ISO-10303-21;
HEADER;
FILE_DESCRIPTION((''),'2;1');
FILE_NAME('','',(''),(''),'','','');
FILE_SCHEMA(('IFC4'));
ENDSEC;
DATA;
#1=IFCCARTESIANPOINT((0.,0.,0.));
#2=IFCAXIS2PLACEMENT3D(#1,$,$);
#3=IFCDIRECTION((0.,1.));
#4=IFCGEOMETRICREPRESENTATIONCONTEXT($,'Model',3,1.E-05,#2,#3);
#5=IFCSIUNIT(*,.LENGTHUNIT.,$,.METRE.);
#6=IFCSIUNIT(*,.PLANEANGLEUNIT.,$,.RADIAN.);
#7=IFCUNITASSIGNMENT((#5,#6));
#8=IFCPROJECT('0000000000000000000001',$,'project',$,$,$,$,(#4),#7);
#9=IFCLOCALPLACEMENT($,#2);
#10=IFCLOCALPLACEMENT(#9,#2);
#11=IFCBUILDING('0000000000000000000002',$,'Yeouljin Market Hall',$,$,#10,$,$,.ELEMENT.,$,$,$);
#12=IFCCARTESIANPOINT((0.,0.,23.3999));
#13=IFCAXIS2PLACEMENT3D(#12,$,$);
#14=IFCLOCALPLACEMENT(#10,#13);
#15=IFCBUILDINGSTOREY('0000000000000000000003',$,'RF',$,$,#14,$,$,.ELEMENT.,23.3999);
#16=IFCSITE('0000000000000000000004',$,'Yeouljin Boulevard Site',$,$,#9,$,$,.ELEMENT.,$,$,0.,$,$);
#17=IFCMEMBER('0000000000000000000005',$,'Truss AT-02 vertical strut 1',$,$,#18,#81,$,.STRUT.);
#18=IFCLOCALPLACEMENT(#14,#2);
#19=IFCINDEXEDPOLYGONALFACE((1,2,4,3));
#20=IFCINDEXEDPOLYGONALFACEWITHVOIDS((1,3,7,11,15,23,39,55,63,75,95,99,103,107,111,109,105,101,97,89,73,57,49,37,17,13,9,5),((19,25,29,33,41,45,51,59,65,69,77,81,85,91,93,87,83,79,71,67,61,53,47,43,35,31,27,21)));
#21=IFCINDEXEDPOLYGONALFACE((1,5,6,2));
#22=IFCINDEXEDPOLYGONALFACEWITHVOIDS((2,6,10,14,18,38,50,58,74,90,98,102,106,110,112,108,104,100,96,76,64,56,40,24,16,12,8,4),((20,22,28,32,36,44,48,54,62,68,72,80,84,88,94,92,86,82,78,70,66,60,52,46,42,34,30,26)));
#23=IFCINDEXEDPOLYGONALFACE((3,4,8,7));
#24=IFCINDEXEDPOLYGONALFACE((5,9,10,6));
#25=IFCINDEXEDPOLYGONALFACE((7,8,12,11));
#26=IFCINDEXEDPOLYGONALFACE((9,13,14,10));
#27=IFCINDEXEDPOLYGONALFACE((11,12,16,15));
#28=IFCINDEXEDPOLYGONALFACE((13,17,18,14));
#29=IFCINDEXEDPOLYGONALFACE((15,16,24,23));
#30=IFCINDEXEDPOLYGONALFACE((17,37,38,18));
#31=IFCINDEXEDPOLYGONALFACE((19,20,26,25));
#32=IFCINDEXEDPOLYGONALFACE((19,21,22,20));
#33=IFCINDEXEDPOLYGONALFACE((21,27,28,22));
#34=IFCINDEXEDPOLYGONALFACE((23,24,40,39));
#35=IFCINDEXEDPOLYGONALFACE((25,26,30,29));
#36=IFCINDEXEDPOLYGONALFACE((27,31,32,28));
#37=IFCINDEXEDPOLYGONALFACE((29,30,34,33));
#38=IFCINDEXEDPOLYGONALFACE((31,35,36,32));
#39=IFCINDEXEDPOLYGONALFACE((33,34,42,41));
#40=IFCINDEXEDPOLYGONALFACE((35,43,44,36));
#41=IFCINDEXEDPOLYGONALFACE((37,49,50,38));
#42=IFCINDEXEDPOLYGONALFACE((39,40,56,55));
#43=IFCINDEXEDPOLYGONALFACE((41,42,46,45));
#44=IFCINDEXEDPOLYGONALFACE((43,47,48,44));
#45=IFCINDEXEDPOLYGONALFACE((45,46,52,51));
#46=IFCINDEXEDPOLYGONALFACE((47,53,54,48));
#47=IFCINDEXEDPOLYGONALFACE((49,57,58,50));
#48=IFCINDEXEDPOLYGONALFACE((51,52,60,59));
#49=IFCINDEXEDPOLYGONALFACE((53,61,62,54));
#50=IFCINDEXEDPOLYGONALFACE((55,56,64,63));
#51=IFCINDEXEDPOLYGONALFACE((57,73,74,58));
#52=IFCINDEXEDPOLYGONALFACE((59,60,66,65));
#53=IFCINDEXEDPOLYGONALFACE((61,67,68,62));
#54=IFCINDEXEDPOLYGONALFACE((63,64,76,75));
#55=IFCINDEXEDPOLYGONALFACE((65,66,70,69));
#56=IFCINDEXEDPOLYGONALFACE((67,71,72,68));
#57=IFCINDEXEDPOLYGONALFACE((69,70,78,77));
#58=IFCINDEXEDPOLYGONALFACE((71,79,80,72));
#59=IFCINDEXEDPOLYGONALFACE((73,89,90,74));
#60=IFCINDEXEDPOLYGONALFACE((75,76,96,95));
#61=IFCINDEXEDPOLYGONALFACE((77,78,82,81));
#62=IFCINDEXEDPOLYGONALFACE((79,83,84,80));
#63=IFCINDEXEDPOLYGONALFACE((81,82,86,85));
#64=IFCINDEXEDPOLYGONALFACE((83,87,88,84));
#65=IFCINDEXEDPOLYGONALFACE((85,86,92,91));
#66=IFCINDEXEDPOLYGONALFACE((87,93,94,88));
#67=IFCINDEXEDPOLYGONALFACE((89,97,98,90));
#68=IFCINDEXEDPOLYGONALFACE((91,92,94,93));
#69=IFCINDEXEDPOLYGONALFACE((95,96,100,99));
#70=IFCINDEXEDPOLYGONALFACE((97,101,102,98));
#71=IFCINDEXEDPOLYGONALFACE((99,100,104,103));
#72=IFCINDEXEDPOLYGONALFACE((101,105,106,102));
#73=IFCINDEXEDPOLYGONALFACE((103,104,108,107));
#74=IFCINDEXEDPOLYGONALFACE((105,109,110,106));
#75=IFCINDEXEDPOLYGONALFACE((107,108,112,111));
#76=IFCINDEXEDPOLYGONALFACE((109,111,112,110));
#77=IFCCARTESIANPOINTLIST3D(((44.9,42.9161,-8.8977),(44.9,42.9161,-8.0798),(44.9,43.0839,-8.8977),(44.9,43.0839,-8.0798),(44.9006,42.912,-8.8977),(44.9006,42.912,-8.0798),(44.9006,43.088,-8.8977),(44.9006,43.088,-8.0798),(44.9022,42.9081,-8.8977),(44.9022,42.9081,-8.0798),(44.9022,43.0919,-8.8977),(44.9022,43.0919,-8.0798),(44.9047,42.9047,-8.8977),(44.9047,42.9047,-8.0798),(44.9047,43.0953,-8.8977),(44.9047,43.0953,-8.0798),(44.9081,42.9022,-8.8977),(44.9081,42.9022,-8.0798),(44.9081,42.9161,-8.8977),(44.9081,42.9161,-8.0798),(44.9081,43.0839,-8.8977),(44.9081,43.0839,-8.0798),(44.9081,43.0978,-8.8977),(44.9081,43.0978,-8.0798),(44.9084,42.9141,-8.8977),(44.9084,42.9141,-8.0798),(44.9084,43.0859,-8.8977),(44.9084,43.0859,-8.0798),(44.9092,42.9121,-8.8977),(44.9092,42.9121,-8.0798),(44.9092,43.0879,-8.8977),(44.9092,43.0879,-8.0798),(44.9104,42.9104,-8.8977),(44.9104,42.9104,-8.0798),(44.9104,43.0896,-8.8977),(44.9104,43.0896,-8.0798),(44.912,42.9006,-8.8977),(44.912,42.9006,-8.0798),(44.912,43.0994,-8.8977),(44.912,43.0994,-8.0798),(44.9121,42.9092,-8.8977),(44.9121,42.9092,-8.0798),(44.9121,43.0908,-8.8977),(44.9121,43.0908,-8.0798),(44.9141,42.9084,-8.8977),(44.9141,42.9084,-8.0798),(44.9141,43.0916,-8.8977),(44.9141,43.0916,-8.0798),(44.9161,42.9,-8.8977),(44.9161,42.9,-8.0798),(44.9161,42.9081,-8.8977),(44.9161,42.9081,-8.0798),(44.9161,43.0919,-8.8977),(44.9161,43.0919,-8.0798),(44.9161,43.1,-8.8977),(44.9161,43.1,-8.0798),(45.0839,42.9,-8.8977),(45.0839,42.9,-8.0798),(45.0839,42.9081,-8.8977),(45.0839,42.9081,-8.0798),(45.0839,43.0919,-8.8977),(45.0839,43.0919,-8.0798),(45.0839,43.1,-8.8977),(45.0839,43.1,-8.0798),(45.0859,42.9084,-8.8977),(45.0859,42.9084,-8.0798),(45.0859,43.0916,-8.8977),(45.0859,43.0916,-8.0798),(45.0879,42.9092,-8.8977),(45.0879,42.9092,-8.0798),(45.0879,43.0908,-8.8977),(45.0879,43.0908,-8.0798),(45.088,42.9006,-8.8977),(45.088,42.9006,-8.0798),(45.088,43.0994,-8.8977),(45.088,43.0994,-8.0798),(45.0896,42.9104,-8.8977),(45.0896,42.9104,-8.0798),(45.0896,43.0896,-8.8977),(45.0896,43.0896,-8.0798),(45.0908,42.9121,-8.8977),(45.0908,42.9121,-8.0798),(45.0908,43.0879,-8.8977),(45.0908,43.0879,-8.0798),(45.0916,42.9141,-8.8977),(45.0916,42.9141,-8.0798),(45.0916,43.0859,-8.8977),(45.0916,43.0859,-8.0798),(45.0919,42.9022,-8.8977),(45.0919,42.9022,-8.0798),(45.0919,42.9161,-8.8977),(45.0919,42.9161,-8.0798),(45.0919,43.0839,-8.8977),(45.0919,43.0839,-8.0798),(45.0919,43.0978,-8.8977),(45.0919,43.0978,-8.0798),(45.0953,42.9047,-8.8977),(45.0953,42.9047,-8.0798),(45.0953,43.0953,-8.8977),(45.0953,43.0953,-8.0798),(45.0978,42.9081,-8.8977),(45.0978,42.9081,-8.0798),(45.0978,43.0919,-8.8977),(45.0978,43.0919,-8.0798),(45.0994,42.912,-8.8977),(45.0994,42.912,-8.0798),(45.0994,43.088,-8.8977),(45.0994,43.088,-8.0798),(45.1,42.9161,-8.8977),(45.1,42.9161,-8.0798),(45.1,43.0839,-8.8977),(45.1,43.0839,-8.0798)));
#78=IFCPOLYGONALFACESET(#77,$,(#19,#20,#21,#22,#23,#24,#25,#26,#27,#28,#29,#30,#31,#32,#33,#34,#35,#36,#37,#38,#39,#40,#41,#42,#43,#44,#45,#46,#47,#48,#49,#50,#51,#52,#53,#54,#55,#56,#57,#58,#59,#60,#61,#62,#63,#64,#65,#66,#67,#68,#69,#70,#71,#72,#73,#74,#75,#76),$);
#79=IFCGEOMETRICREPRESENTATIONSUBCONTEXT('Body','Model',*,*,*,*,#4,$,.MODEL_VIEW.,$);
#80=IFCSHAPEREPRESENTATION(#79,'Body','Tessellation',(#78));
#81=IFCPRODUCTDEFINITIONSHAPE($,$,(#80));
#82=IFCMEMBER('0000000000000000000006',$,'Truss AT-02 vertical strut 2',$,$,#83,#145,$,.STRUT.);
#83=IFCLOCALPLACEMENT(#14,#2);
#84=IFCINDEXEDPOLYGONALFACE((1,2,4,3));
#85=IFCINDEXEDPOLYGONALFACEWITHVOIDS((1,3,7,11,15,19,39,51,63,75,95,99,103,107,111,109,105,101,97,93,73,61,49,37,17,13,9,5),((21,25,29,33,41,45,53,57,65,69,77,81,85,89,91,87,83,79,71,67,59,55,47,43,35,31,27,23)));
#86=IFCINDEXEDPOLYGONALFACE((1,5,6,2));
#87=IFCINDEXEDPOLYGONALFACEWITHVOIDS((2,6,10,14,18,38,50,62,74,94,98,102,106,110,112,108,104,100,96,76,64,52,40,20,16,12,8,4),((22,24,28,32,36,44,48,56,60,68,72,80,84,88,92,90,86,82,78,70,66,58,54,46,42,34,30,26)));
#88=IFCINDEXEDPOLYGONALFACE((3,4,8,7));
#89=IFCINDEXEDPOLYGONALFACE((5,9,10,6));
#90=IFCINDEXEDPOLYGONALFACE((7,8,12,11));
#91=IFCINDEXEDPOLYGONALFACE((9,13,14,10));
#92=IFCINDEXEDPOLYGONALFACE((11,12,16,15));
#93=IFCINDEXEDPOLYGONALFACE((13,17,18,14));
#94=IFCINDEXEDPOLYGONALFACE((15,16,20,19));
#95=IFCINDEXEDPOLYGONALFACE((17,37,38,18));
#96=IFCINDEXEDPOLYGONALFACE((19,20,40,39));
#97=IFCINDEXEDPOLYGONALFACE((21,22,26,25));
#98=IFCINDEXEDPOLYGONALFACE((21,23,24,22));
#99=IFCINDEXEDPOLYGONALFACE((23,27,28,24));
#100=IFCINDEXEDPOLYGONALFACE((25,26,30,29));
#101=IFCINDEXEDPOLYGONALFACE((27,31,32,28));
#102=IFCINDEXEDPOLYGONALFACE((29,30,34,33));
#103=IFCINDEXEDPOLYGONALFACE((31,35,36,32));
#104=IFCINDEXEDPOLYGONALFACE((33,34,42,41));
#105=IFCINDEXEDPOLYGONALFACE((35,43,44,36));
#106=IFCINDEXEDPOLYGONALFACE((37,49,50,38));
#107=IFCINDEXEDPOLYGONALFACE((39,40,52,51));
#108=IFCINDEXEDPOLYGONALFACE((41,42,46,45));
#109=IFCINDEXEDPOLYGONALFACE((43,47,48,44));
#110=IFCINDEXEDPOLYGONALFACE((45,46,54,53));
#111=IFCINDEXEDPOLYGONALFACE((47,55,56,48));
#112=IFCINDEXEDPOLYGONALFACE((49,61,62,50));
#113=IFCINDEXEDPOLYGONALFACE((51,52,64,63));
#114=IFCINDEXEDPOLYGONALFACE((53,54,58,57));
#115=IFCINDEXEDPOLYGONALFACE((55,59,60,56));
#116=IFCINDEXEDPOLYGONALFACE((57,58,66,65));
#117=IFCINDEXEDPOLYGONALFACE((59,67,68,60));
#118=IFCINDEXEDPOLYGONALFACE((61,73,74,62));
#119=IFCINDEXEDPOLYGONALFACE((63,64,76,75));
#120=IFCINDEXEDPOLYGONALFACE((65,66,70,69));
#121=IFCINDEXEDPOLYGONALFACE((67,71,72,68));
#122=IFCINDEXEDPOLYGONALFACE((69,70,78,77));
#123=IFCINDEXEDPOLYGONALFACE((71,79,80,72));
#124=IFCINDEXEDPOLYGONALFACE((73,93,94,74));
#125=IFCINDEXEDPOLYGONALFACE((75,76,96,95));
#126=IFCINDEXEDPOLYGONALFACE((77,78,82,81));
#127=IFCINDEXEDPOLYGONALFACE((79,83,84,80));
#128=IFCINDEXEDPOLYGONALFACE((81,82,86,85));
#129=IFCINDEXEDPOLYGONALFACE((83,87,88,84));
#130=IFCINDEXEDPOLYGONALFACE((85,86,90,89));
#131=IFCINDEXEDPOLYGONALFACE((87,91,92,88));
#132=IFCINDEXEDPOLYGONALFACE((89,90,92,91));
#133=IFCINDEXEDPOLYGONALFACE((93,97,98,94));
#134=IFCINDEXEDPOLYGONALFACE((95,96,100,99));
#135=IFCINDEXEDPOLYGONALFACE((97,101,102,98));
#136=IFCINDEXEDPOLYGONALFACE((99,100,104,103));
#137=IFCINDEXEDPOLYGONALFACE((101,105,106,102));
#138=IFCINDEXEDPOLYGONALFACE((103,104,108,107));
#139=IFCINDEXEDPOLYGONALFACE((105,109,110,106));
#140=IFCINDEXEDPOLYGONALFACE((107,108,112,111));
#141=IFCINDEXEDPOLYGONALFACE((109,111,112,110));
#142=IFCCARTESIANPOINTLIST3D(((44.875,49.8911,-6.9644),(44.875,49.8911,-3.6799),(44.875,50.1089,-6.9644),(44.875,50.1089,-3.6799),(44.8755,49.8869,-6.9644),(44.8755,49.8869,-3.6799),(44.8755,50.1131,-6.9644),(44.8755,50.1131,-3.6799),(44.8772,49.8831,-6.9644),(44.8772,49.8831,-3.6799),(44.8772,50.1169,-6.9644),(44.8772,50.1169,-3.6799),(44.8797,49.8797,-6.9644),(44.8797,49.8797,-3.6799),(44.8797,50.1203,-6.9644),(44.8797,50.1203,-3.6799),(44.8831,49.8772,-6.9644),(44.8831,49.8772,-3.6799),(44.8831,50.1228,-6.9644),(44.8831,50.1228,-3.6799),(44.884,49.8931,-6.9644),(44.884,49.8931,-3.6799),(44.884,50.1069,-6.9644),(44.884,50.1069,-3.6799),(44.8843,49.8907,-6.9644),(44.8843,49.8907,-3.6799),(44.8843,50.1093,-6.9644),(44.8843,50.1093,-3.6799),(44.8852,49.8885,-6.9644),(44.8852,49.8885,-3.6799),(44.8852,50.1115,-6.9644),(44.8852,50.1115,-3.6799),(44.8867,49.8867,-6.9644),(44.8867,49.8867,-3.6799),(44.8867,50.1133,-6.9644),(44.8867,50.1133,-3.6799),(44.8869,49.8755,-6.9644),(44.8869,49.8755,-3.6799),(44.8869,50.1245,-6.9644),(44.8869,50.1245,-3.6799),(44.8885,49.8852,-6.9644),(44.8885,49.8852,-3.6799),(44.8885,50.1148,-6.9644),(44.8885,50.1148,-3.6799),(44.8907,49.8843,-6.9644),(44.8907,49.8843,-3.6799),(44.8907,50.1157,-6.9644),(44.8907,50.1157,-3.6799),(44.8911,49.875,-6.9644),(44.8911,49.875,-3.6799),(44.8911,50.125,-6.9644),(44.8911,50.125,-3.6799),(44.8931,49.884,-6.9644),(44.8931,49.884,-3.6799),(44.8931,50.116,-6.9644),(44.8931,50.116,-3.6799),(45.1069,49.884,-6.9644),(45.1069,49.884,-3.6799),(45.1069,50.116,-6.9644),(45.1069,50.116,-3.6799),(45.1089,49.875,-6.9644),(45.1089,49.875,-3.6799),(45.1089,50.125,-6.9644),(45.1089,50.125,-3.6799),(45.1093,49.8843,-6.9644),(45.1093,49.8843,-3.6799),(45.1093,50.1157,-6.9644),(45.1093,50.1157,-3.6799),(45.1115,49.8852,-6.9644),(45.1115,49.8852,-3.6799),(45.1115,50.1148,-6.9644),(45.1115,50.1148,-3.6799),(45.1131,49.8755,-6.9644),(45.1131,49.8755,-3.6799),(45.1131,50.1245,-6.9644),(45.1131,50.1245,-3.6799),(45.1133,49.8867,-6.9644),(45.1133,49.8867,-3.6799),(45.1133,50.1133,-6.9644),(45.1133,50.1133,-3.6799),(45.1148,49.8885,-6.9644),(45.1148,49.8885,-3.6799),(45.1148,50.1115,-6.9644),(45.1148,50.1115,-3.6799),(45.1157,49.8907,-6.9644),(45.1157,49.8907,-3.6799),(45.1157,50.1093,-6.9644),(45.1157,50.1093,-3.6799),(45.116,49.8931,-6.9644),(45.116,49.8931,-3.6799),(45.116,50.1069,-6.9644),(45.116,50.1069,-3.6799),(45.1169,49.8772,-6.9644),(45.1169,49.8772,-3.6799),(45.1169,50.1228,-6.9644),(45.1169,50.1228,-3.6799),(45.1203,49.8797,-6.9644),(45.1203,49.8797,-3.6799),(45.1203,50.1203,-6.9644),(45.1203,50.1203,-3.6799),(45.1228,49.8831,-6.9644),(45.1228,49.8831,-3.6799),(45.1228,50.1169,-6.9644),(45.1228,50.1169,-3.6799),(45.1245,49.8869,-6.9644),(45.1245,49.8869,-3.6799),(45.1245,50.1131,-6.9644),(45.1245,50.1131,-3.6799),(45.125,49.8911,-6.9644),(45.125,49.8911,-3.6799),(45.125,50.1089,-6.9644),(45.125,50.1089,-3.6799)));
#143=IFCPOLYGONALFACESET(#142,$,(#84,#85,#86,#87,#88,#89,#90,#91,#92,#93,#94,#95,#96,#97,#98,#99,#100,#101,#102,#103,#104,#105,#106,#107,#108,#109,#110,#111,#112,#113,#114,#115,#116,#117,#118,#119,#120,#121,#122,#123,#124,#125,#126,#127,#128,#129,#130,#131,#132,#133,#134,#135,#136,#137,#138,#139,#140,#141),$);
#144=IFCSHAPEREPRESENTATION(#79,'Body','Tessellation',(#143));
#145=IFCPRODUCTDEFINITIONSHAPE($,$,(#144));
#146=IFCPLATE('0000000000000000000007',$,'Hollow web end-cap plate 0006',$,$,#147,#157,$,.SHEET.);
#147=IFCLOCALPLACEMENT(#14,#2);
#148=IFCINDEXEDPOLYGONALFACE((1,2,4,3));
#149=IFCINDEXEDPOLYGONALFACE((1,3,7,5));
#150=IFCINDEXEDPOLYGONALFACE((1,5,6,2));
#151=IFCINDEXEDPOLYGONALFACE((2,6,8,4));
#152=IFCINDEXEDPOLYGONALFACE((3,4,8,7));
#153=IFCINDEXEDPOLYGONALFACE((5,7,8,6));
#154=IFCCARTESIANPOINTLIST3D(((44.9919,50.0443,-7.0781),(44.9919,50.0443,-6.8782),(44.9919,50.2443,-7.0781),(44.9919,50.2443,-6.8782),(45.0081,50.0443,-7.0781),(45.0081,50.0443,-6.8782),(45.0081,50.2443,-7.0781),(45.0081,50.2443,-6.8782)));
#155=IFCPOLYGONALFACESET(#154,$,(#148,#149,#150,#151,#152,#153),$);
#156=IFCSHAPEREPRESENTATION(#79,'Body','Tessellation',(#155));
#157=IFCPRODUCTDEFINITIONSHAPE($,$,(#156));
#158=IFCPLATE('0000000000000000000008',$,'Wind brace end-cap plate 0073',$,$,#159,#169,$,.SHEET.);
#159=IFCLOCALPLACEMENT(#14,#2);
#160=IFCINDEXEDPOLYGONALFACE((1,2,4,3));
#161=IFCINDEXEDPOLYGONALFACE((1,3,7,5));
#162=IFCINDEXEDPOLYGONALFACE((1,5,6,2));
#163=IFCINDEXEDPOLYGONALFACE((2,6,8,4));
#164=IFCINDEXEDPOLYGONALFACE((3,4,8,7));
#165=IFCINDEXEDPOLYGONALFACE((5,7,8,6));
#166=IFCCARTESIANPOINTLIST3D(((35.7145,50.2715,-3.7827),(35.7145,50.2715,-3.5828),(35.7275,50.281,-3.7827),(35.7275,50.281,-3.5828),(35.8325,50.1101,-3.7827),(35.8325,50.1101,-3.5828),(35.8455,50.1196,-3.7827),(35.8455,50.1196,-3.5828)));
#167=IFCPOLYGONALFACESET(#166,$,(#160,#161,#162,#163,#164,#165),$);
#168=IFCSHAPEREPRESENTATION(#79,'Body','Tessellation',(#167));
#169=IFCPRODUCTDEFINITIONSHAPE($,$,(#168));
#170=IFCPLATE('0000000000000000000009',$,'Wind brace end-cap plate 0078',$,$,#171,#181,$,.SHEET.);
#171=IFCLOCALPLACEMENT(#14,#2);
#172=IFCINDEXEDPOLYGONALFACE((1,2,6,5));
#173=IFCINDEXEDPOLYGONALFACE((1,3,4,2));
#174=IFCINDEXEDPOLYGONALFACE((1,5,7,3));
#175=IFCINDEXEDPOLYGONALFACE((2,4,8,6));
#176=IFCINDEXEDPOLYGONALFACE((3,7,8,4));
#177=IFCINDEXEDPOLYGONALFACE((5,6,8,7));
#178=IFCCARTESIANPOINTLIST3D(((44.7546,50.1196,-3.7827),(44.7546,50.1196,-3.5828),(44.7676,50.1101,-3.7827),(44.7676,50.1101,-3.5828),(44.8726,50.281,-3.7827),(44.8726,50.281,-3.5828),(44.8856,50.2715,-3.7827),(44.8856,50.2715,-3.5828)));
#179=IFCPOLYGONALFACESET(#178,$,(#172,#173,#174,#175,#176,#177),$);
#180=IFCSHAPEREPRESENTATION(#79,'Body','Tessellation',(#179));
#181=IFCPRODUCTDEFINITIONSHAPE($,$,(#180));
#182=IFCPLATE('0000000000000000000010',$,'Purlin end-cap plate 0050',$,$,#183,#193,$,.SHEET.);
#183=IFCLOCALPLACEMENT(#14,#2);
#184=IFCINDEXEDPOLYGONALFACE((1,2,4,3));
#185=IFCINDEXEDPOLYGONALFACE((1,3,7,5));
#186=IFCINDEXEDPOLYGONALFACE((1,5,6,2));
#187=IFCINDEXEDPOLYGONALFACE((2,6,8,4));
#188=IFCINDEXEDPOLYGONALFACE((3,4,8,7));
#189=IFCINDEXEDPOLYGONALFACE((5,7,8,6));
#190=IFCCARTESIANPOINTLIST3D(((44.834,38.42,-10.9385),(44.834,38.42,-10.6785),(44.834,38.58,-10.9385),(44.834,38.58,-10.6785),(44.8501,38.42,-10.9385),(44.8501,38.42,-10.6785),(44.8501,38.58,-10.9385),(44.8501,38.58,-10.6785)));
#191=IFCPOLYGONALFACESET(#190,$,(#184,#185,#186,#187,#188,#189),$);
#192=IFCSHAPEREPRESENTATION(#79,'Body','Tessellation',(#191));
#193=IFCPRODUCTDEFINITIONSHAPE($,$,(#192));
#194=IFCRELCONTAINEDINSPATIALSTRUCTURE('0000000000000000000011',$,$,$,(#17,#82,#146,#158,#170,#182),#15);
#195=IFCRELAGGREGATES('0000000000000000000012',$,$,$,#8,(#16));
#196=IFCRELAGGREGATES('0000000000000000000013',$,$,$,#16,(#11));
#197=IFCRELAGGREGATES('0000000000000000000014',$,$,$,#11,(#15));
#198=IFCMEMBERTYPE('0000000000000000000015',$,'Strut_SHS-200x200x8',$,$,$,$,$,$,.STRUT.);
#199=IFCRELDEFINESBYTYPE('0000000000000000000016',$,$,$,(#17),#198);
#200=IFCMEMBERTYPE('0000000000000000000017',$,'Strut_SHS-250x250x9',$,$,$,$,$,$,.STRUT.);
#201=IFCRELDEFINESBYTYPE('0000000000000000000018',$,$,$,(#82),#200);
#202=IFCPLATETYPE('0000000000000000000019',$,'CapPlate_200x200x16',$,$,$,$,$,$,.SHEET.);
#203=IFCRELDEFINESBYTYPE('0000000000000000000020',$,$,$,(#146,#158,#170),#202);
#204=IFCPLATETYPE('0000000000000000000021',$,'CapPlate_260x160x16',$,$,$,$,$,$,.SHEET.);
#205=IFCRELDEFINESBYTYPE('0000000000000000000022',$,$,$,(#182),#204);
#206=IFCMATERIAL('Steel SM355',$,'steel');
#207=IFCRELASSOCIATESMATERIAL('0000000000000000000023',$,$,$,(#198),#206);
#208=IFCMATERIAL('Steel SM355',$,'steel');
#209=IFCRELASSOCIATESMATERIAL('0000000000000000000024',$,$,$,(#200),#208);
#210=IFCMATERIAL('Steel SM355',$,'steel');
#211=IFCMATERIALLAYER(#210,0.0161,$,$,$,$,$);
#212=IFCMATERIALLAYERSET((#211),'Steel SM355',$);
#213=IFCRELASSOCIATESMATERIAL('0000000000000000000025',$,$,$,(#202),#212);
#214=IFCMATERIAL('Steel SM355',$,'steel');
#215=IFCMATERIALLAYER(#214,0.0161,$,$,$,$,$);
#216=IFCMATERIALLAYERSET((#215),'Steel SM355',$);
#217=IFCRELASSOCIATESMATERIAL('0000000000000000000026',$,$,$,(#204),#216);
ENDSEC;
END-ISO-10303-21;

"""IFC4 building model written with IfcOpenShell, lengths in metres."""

from ifc_helpers import new_model, si_unit, direction, frame, origin, origin_2d, place, context, subcontext, project, spatial, rectangle, hollow_rectangle, extrude, material, layer, layer_set, material_profile, profile_set, type_object, element, save


model = new_model("IFC4")

# Units and contexts
model_context = context("Model", 3, precision=1e-05, world=origin(), true_north=direction((0.0, 1.0)))
body_context = subcontext(model_context, "Body", "Model", "MODEL_VIEW")
ifc_project = project(units=[si_unit("LENGTHUNIT", "METRE"), si_unit("PLANEANGLEUNIT", "RADIAN")], contexts=[model_context])

# Site, building, storey
site_placement = place(None, origin())
site = spatial("IfcSite", under=ifc_project, at=site_placement, Name="Yeouljin Boulevard Site", CompositionType="ELEMENT", RefElevation=0.0)
building_placement = place(site_placement, origin())
building = spatial("IfcBuilding", under=site, at=building_placement, Name="Yeouljin Market Hall", CompositionType="ELEMENT")
storey_placement = place(building_placement, frame((0.0, 0.0, 23.3999)))
storey = spatial("IfcBuildingStorey", under=building, at=storey_placement, Name="RF", CompositionType="ELEMENT", Elevation=23.3999)

# Members
ifc_material_1 = material(Name="Steel SM355", Category="steel")
ifc_material_profile_1 = material_profile(ifc_material_1, hollow_rectangle(XDim=0.2, YDim=0.2, WallThickness=0.0081, InnerFilletRadius=0.0081, OuterFilletRadius=0.0161, at=origin_2d()), Name="SHS-200x200x8")
ifc_profile_set_1 = profile_set([ifc_material_profile_1], Name="Steel SM355")
member_type_1 = type_object("IfcMemberType", Name="Strut_SHS-200x200x8", PredefinedType="STRUT", material=ifc_profile_set_1)
member_1_placement = place(storey_placement, frame((45.0, 43.0, -8.8977), z_axis=(0.0, 0.0, 1.0), x_axis=(1.0, 0.0, 0.0)))
element("IfcMember", 1, at=member_1_placement, inside=storey, type_object=member_type_1, Name="Truss AT-02 vertical strut 1", PredefinedType="STRUT", context=body_context, shape_type="SweptSolid", body=[
    extrude(hollow_rectangle(XDim=0.2, YDim=0.2, WallThickness=0.0081, InnerFilletRadius=0.0081, OuterFilletRadius=0.0161, at=origin_2d()), origin(), (0.0, 0.0, 1.0), 0.8179),
])
ifc_material_2 = material(Name="Steel SM355", Category="steel")
ifc_material_profile_2 = material_profile(ifc_material_2, hollow_rectangle(XDim=0.25, YDim=0.25, WallThickness=0.009, InnerFilletRadius=0.009, OuterFilletRadius=0.0161, at=origin_2d()), Name="SHS-250x250x9")
ifc_profile_set_2 = profile_set([ifc_material_profile_2], Name="Steel SM355")
member_type_2 = type_object("IfcMemberType", Name="Strut_SHS-250x250x9", PredefinedType="STRUT", material=ifc_profile_set_2)
member_2_placement = place(storey_placement, frame((45.0, 50.0, -6.9644), z_axis=(0.0, 0.0, 1.0), x_axis=(1.0, 0.0, 0.0)))
element("IfcMember", 2, at=member_2_placement, inside=storey, type_object=member_type_2, Name="Truss AT-02 vertical strut 2", PredefinedType="STRUT", context=body_context, shape_type="SweptSolid", body=[
    extrude(hollow_rectangle(XDim=0.25, YDim=0.25, WallThickness=0.009, InnerFilletRadius=0.009, OuterFilletRadius=0.0161, at=origin_2d()), origin(), (0.0, 0.0, 1.0), 3.2844),
])

# Plates
ifc_material_3 = material(Name="Steel SM355", Category="steel")
ifc_layer_1 = layer(ifc_material_3, 0.0161)
ifc_layer_set_1 = layer_set([ifc_layer_1], Name="Steel SM355")
plate_type_1 = type_object("IfcPlateType", Name="CapPlate_200x200x16", PredefinedType="SHEET", material=ifc_layer_set_1)
for number, where, z_axis, x_axis, name in (
    (3, (45.0, 50.1443, -7.0781), (0.0, 0.0, 1.0), (0.0, 1.0, 0.0), "Hollow web end-cap plate 0006"),
    (4, (35.78, 50.1956, -3.7827), (0.0, 0.0, 1.0), (-0.590183, 0.807269, 0.0), "Wind brace end-cap plate 0073"),
    (5, (44.8201, 50.1956, -3.7827), (0.0, 0.0, 1.0), (0.590183, 0.807269, 0.0), "Wind brace end-cap plate 0078"),
):
    element("IfcPlate", number, at=place(storey_placement, frame(where, z_axis=z_axis, x_axis=x_axis)), inside=storey, type_object=plate_type_1, Name=name, PredefinedType="SHEET", context=body_context, shape_type="SweptSolid", body=[
        extrude(rectangle(XDim=0.2, YDim=0.0161, at=origin_2d()), origin(), (0.0, 0.0, 1.0), 0.2),
    ])
ifc_material_4 = material(Name="Steel SM355", Category="steel")
ifc_layer_2 = layer(ifc_material_4, 0.0161)
ifc_layer_set_2 = layer_set([ifc_layer_2], Name="Steel SM355")
plate_type_2 = type_object("IfcPlateType", Name="CapPlate_260x160x16", PredefinedType="SHEET", material=ifc_layer_set_2)
for number, where, z_axis, x_axis, name in (
    (6, (44.842, 38.5, -10.9385), (0.0, 0.0, 1.0), (0.0, 1.0, 0.0), "Purlin end-cap plate 0050"),
):
    element("IfcPlate", number, at=place(storey_placement, frame(where, z_axis=z_axis, x_axis=x_axis)), inside=storey, type_object=plate_type_2, Name=name, PredefinedType="SHEET", context=body_context, shape_type="SweptSolid", body=[
        extrude(rectangle(XDim=0.1599, YDim=0.0161, at=origin_2d()), origin(), (0.0, 0.0, 1.0), 0.26),
    ])

save(model, "model.ifc")
